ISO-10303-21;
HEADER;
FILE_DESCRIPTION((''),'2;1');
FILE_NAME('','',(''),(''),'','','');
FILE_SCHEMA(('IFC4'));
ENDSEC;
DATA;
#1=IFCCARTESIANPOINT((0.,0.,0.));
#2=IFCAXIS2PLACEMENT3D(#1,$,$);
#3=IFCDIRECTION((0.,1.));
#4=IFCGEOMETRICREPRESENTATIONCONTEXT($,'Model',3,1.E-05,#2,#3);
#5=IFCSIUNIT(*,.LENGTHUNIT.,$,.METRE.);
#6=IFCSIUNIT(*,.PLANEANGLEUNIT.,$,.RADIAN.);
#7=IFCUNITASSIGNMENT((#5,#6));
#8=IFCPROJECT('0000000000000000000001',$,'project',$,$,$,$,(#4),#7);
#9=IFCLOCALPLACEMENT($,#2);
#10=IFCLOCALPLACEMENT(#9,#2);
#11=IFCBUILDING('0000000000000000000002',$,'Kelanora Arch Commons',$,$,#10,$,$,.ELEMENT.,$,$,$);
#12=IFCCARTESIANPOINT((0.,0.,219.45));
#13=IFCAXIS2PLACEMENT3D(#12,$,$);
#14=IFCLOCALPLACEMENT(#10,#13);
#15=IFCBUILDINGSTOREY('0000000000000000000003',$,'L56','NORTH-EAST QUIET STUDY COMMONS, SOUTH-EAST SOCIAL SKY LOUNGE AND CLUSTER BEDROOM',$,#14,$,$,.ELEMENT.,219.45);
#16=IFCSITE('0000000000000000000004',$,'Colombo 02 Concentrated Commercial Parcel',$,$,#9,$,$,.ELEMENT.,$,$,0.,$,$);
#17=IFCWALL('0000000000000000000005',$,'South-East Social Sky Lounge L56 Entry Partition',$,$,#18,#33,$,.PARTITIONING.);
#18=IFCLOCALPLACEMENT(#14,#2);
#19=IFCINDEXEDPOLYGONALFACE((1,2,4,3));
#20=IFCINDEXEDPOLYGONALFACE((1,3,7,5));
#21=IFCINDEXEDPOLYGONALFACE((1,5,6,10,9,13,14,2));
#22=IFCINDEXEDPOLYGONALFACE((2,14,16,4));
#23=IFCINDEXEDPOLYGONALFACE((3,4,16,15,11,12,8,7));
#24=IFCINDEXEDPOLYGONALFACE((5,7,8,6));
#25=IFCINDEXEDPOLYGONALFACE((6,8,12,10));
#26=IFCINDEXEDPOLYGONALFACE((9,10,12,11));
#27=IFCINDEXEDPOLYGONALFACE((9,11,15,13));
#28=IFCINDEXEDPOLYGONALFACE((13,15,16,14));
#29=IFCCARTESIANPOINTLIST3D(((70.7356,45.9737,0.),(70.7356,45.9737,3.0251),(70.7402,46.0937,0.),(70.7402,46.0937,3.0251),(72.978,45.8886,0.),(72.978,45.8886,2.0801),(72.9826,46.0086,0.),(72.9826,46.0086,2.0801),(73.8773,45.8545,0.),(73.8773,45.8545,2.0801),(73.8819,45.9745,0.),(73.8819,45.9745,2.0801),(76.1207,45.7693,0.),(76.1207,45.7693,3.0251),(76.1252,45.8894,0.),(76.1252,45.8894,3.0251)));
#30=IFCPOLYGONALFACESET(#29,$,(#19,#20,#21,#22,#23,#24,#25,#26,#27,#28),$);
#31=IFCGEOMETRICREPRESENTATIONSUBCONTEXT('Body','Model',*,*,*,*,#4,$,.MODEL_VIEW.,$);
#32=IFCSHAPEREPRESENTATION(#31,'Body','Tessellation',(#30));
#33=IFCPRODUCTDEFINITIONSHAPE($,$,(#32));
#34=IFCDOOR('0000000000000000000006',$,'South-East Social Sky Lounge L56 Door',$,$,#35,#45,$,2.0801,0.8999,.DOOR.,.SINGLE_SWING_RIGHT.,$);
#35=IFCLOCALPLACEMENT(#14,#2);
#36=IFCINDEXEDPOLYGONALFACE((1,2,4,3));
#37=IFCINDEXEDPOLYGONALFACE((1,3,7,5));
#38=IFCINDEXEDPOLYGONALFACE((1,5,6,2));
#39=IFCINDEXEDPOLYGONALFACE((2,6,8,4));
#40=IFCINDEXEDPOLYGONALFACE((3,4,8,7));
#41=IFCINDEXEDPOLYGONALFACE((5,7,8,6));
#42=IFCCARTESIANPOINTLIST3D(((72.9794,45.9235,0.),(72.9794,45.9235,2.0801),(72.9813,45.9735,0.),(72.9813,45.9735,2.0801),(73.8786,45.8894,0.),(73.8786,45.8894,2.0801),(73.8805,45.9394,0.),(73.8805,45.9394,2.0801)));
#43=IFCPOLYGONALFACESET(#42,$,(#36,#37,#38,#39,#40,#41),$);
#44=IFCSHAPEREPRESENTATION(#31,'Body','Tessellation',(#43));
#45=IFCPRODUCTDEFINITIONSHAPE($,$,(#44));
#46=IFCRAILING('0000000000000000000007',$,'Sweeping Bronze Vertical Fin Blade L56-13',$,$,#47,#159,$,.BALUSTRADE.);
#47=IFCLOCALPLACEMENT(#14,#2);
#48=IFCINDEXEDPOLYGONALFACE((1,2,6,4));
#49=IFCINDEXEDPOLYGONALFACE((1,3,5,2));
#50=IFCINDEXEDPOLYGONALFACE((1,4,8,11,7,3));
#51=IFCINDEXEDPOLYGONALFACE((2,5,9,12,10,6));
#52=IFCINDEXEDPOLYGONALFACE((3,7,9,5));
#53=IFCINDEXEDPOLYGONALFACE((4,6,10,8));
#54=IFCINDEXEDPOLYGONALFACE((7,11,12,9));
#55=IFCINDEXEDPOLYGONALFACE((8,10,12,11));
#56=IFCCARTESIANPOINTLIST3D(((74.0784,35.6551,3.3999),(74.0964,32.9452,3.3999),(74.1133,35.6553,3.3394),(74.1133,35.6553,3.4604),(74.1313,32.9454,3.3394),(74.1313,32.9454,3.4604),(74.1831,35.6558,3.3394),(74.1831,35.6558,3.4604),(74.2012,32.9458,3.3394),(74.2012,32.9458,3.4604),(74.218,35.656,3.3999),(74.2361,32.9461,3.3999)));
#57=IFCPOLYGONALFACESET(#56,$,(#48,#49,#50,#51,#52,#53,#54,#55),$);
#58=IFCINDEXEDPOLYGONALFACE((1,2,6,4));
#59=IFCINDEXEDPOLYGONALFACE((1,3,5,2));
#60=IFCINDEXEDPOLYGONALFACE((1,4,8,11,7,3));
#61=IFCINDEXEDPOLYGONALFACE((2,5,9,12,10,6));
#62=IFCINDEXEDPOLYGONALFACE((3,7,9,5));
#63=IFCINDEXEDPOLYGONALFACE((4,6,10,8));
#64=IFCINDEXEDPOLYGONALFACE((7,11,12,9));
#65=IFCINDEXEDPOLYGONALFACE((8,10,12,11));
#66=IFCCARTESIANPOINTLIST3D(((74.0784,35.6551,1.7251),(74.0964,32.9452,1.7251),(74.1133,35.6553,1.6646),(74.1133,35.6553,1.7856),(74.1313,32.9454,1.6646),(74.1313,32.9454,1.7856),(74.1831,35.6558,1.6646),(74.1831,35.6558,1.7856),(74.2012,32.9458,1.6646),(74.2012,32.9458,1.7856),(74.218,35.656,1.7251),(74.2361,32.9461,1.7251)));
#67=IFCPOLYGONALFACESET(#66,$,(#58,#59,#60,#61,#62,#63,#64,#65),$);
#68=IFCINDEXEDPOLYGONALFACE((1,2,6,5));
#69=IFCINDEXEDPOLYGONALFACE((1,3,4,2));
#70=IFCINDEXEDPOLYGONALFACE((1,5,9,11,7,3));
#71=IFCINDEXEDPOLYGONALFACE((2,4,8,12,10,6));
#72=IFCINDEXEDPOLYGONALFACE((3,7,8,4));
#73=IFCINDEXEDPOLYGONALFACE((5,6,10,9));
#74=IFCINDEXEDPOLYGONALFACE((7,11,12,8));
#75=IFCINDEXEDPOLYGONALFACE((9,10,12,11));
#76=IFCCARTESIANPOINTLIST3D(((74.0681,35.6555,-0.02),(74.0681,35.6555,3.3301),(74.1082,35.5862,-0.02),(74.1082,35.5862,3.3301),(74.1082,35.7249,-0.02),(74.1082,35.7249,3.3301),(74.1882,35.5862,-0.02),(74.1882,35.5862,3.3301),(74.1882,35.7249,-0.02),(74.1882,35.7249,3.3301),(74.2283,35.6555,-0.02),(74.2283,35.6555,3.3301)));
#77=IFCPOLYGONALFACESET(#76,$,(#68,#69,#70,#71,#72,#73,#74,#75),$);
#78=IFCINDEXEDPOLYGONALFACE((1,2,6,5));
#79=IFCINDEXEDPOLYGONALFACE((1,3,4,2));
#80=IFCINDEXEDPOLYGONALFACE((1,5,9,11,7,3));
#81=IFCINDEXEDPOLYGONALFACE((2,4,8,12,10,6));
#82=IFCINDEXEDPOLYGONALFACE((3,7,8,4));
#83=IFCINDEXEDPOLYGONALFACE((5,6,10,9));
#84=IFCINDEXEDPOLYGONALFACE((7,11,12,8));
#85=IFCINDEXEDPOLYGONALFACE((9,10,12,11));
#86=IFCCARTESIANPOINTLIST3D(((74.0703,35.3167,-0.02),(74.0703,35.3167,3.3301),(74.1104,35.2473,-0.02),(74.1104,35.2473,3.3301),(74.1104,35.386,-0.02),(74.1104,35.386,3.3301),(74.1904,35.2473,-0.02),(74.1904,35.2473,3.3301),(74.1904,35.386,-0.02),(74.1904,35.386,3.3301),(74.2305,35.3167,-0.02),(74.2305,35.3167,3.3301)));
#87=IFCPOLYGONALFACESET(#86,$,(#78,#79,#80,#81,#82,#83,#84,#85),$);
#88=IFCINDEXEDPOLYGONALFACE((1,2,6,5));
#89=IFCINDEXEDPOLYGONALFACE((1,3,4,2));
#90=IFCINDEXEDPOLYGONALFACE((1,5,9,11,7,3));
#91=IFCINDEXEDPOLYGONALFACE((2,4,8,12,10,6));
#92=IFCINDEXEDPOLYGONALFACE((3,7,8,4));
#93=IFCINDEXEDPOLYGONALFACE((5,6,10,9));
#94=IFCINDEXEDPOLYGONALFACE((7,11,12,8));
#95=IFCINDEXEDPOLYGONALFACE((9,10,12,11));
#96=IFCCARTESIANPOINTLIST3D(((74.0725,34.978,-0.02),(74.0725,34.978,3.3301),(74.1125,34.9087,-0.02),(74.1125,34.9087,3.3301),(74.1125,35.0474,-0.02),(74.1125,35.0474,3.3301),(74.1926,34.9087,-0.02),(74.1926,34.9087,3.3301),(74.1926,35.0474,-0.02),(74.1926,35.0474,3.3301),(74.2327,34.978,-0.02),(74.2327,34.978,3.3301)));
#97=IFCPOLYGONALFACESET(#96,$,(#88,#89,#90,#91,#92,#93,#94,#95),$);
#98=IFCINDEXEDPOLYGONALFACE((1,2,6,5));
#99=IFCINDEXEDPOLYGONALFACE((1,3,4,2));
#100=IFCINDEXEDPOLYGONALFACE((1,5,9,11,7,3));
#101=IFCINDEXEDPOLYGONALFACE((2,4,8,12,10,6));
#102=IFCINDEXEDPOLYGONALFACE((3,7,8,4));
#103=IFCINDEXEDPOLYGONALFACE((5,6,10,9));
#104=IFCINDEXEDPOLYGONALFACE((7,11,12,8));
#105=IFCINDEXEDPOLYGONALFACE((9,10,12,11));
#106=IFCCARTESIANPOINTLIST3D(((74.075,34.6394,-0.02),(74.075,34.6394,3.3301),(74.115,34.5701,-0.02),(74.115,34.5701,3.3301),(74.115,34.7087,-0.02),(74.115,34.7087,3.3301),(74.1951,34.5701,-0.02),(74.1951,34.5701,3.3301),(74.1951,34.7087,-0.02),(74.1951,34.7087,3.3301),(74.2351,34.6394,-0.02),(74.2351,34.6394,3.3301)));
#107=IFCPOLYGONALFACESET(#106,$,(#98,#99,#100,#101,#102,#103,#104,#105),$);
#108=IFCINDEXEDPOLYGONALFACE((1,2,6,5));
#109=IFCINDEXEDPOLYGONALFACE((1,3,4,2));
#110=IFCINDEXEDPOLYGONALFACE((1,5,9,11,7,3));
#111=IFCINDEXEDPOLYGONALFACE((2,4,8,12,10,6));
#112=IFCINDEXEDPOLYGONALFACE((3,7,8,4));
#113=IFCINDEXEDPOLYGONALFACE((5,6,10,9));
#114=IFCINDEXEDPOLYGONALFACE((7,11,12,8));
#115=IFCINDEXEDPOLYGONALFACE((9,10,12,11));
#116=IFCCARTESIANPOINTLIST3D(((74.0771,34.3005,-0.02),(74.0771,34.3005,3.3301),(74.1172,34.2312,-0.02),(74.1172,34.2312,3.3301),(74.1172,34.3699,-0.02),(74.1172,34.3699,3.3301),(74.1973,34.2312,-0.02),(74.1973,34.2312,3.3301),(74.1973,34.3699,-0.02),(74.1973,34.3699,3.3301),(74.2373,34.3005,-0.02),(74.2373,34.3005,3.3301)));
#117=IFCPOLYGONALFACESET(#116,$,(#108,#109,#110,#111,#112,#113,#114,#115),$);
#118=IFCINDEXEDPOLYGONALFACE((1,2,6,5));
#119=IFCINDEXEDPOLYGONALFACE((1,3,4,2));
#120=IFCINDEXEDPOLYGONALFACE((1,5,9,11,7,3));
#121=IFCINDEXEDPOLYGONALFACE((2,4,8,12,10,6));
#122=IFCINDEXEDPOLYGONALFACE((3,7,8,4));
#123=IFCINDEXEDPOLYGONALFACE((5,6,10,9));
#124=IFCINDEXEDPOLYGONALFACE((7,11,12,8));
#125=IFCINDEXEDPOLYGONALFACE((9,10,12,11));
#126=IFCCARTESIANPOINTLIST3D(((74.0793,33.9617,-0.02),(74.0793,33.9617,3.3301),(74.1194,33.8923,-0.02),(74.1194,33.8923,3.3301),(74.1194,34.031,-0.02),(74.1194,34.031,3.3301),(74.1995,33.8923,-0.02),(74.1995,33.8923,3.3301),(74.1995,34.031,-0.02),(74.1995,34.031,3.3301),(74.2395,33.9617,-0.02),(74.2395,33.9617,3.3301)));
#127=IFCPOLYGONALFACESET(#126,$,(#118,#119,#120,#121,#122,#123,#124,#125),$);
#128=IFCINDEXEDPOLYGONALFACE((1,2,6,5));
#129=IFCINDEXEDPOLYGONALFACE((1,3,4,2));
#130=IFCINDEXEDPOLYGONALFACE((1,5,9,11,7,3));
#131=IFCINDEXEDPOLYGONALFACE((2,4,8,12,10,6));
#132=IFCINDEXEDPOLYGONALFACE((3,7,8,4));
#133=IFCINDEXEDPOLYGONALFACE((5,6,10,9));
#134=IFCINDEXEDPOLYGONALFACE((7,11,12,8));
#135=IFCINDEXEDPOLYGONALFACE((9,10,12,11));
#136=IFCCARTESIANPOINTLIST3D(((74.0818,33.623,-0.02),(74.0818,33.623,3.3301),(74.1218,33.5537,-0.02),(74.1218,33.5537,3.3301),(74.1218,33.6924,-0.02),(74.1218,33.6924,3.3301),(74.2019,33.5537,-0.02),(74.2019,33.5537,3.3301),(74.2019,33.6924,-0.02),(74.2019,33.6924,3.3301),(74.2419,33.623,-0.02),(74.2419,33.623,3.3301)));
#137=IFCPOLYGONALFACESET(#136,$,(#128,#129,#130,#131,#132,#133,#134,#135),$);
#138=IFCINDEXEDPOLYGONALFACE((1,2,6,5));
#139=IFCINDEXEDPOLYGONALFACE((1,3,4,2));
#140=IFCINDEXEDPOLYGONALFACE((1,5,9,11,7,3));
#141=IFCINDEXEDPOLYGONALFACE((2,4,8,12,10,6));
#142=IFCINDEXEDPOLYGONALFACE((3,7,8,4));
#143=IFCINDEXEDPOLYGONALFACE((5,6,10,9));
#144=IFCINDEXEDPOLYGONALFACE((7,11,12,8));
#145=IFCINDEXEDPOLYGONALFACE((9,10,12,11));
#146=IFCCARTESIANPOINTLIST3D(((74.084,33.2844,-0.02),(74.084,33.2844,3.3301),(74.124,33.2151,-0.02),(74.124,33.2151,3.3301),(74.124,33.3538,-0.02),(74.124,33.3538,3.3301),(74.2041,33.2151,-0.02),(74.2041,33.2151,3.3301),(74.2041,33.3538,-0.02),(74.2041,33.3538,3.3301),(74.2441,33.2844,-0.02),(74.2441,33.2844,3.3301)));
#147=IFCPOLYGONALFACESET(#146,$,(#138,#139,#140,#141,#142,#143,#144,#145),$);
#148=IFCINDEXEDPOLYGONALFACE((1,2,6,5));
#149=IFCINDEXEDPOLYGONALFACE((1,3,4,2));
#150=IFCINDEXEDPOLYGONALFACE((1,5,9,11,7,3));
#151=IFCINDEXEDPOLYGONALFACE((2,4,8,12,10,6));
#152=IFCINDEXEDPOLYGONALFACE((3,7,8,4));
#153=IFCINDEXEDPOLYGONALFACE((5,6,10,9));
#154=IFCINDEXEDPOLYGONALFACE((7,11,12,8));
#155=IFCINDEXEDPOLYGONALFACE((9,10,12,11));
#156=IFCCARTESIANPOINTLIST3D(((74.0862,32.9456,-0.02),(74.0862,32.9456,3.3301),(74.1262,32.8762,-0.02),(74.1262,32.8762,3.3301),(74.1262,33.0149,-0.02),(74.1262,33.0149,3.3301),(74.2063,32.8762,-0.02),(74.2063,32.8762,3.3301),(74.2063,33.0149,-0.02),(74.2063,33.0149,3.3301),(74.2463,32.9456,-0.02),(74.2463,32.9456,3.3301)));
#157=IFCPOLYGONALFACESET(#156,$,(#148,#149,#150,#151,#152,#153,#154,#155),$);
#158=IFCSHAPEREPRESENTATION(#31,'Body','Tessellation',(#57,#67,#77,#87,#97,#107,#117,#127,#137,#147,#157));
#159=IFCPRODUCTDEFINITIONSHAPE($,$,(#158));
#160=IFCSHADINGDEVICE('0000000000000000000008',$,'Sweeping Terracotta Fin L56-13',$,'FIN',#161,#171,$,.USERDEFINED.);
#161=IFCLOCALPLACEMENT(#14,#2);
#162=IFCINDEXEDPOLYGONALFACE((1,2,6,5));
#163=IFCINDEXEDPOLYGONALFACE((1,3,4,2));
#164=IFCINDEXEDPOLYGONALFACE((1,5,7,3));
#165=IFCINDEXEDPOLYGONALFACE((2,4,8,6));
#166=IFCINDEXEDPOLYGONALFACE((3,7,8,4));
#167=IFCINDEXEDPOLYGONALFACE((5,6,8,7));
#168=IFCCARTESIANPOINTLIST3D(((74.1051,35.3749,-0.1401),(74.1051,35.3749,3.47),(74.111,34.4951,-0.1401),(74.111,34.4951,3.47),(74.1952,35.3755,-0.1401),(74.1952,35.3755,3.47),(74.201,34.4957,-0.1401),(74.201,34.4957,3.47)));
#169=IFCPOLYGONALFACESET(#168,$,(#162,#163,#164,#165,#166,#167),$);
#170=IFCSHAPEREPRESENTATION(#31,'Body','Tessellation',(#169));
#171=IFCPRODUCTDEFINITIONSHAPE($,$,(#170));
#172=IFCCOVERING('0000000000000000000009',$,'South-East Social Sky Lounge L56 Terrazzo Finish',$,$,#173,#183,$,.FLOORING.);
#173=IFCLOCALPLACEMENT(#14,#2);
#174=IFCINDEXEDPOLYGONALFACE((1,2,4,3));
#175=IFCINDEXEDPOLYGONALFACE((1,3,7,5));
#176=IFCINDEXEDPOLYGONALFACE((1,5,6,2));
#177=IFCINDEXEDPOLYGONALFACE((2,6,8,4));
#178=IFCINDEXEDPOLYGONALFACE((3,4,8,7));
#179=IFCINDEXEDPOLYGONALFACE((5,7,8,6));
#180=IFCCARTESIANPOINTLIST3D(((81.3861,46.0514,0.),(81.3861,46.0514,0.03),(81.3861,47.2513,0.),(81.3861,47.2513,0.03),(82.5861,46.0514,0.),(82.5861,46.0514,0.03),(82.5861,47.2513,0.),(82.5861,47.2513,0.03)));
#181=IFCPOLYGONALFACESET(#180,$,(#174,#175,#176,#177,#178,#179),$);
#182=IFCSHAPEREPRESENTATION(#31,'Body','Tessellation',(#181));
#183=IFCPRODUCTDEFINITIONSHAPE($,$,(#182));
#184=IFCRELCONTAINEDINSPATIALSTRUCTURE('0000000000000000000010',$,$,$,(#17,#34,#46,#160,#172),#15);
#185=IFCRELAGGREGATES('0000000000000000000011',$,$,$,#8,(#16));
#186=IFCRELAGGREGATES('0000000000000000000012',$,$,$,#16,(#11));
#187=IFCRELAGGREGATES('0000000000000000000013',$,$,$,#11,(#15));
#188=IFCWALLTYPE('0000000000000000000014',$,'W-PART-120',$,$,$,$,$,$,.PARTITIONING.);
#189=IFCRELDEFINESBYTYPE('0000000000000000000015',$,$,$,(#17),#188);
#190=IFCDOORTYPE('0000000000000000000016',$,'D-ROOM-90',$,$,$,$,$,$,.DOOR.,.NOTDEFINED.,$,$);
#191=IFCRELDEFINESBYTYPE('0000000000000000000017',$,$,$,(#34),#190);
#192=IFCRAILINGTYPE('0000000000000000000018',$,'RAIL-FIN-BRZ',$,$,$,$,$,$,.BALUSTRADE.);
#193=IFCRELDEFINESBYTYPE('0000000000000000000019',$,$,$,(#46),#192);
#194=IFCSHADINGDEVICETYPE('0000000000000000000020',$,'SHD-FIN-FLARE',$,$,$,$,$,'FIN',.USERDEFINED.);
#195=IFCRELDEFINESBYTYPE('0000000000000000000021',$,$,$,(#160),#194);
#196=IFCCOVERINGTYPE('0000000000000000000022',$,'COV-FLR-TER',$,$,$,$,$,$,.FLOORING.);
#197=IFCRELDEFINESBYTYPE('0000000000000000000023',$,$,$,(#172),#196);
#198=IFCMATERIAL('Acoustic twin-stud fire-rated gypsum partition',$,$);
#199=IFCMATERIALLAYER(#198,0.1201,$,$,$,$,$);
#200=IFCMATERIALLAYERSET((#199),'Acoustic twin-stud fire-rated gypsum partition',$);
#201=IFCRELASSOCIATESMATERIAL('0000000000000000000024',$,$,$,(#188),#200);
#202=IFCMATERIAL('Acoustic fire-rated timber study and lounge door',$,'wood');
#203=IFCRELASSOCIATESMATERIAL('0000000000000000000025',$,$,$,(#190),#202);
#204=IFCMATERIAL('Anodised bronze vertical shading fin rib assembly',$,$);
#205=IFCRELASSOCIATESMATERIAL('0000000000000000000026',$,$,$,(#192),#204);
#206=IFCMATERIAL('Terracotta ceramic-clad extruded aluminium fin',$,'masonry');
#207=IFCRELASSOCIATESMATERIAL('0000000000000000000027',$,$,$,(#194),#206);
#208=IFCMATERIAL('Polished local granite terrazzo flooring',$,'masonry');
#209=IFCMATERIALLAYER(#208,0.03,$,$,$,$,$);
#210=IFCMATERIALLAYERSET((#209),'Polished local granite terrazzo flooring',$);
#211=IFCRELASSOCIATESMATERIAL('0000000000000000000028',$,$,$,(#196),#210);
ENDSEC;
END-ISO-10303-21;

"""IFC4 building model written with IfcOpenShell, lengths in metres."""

from ifc_helpers import new_model, si_unit, direction, frame, frame_2d, origin, origin_2d, place, context, subcontext, project, spatial, polyline, rectangle, outline, extrude, source, transform, mapped, material, layer, layer_set, type_object, element, fill, save


model = new_model("IFC4")

# Units and contexts
model_context = context("Model", 3, precision=1e-05, world=origin(), true_north=direction((0.0, 1.0)))
body_context = subcontext(model_context, "Body", "Model", "MODEL_VIEW")
ifc_project = project(units=[si_unit("LENGTHUNIT", "METRE"), si_unit("PLANEANGLEUNIT", "RADIAN")], contexts=[model_context])

# Site, building, storey
site_placement = place(None, origin())
site = spatial("IfcSite", under=ifc_project, at=site_placement, Name="Colombo 02 Concentrated Commercial Parcel", CompositionType="ELEMENT", RefElevation=0.0)
building_placement = place(site_placement, origin())
building = spatial("IfcBuilding", under=site, at=building_placement, Name="Kelanora Arch Commons", CompositionType="ELEMENT")
storey_placement = place(building_placement, frame((0.0, 0.0, 219.45)))
storey = spatial("IfcBuildingStorey", under=building, at=storey_placement, Name="L56", Description="NORTH-EAST QUIET STUDY COMMONS, SOUTH-EAST SOCIAL SKY LOUNGE AND CLUSTER BEDROOM", CompositionType="ELEMENT", Elevation=219.45)

# Wall, opening, door
ifc_material_1 = material(Name="Acoustic twin-stud fire-rated gypsum partition")
ifc_layer_1 = layer(ifc_material_1, 0.1201)
ifc_layer_set_1 = layer_set([ifc_layer_1], Name="Acoustic twin-stud fire-rated gypsum partition")
wall_type_1 = type_object("IfcWallType", Name="W-PART-120", PredefinedType="PARTITIONING", material=ifc_layer_set_1)
wall_1_placement = place(storey_placement, frame((70.738, 46.0337, 0.0), z_axis=(0.0, 0.0, 1.0), x_axis=(0.999281, -0.03792, 0.0)))
wall_1 = element("IfcWall", 1, at=wall_1_placement, inside=storey, type_object=wall_type_1, Name="South-East Social Sky Lounge L56 Entry Partition", PredefinedType="PARTITIONING", context=body_context, shape_type="SweptSolid", body=[
    extrude(rectangle(XDim=5.3889, YDim=0.1201, at=frame_2d((2.6943, 0.0))), origin(), (0.0, 0.0, 1.0), 3.0251),
])
opening_placement = place(wall_1_placement, frame((2.2439, 0.0, 0.0)))
opening = element("IfcOpeningElement", 2, at=opening_placement, cuts=wall_1, PredefinedType="OPENING", context=body_context, shape_type="SweptSolid", body=[
    extrude(rectangle(XDim=0.8999, YDim=2.0801, at=frame_2d((0.45, 1.04))), frame((0.0, 0.0701, 0.0), z_axis=(0.0, -1.0, 0.0), x_axis=(1.0, 0.0, 0.0)), (0.0, 0.0, 1.0), 0.1401),
])
ifc_material_2 = material(Name="Acoustic fire-rated timber study and lounge door", Category="wood")
door_type = type_object("IfcDoorType", Name="D-ROOM-90", OperationType="NOTDEFINED", PredefinedType="DOOR", material=ifc_material_2)
door_placement = place(opening_placement, origin())
door = element("IfcDoor", 3, at=door_placement, inside=storey, type_object=door_type, Name="South-East Social Sky Lounge L56 Door", OperationType="SINGLE_SWING_RIGHT", OverallHeight=2.0801, OverallWidth=0.8999, PredefinedType="DOOR", context=body_context, shape_type="SweptSolid", body=[
    extrude(rectangle(XDim=0.8999, YDim=2.0801, at=frame_2d((0.45, 1.04))), frame((0.0, 0.0249, 0.0), z_axis=(0.0, -1.0, 0.0), x_axis=(1.0, 0.0, 0.0)), (0.0, 0.0, 1.0), 0.05),
])
fill(opening, door)

# Railing
ifc_material_3 = material(Name="Anodised bronze vertical shading fin rib assembly")
railing_type = type_object("IfcRailingType", Name="RAIL-FIN-BRZ", PredefinedType="BALUSTRADE", material=ifc_material_3)
railing_placement = place(storey_placement, frame((74.1482, 35.6555, -0.02)))
element("IfcRailing", 4, at=railing_placement, inside=storey, type_object=railing_type, Name="Sweeping Bronze Vertical Fin Blade L56-13", PredefinedType="BALUSTRADE", context=body_context, shape_type="SweptSolid", body=[
    extrude(outline(polyline([(0.0698, 0.0), (0.0349, 0.0605), (-0.0349, 0.0605), (-0.0698, 0.0), (-0.0349, -0.0605), (0.0349, -0.0605), (0.0698, 0.0)])), frame((0.0, 0.0, 3.4199), z_axis=(0.006667, -0.999978, 0.0), x_axis=(0.999978, 0.006667, 0.0)), (0.0, 0.0, 1.0), 2.71),
    extrude(outline(polyline([(0.0698, 0.0), (0.0349, 0.0605), (-0.0349, 0.0605), (-0.0698, 0.0), (-0.0349, -0.0605), (0.0349, -0.0605), (0.0698, 0.0)])), frame((0.0, 0.0, 1.7451), z_axis=(0.006667, -0.999978, 0.0), x_axis=(0.999978, 0.006667, 0.0)), (0.0, 0.0, 1.0), 2.71),
    extrude(outline(polyline([(0.0801, 0.0), (0.04, 0.0693), (-0.04, 0.0693), (-0.0801, 0.0), (-0.04, -0.0693), (0.04, -0.0693), (0.0801, 0.0)])), origin(), (0.0, 0.0, 1.0), 3.3501),
    extrude(outline(polyline([(0.0801, 0.0), (0.04, 0.0693), (-0.04, 0.0693), (-0.0801, 0.0), (-0.04, -0.0693), (0.04, -0.0693), (0.0801, 0.0)])), frame((0.0022, -0.3389, 0.0)), (0.0, 0.0, 1.0), 3.3501),
    extrude(outline(polyline([(0.0801, 0.0), (0.04, 0.0693), (-0.04, 0.0693), (-0.0801, 0.0), (-0.04, -0.0693), (0.04, -0.0693), (0.0801, 0.0)])), frame((0.0044, -0.6775, 0.0)), (0.0, 0.0, 1.0), 3.3501),
    extrude(outline(polyline([(0.0801, 0.0), (0.04, 0.0693), (-0.04, 0.0693), (-0.0801, 0.0), (-0.04, -0.0693), (0.04, -0.0693), (0.0801, 0.0)])), frame((0.0068, -1.0161, 0.0)), (0.0, 0.0, 1.0), 3.3501),
    extrude(outline(polyline([(0.0801, 0.0), (0.04, 0.0693), (-0.04, 0.0693), (-0.0801, 0.0), (-0.04, -0.0693), (0.04, -0.0693), (0.0801, 0.0)])), frame((0.009, -1.355, 0.0)), (0.0, 0.0, 1.0), 3.3501),
    extrude(outline(polyline([(0.0801, 0.0), (0.04, 0.0693), (-0.04, 0.0693), (-0.0801, 0.0), (-0.04, -0.0693), (0.04, -0.0693), (0.0801, 0.0)])), frame((0.0112, -1.6938, 0.0)), (0.0, 0.0, 1.0), 3.3501),
    extrude(outline(polyline([(0.0801, 0.0), (0.04, 0.0693), (-0.04, 0.0693), (-0.0801, 0.0), (-0.04, -0.0693), (0.04, -0.0693), (0.0801, 0.0)])), frame((0.0137, -2.0325, 0.0)), (0.0, 0.0, 1.0), 3.3501),
    extrude(outline(polyline([(0.0801, 0.0), (0.04, 0.0693), (-0.04, 0.0693), (-0.0801, 0.0), (-0.04, -0.0693), (0.04, -0.0693), (0.0801, 0.0)])), frame((0.0159, -2.3711, 0.0)), (0.0, 0.0, 1.0), 3.3501),
    extrude(outline(polyline([(0.0801, 0.0), (0.04, 0.0693), (-0.04, 0.0693), (-0.0801, 0.0), (-0.04, -0.0693), (0.04, -0.0693), (0.0801, 0.0)])), frame((0.0181, -2.71, 0.0)), (0.0, 0.0, 1.0), 3.3501),
])

# Shading device
ifc_material_4 = material(Name="Terracotta ceramic-clad extruded aluminium fin", Category="masonry")
shading_device_type = type_object("IfcShadingDeviceType", Name="SHD-FIN-FLARE", ElementType="FIN", PredefinedType="USERDEFINED", material=ifc_material_4)
shared_shape_1 = source(origin(), body_context, "Body", "SweptSolid", [
    extrude(rectangle(XDim=0.8799, YDim=0.0901, at=origin_2d()), origin(), (0.0, 0.0, 1.0), 3.6101),
])
shading_device_placement = place(storey_placement, frame((74.1531, 34.9353, -0.1401), z_axis=(0.0, 0.0, 1.0), x_axis=(0.006632, -0.999978, 0.0)))
element("IfcShadingDevice", 5, at=shading_device_placement, inside=storey, type_object=shading_device_type, Name="Sweeping Terracotta Fin L56-13", ObjectType="FIN", PredefinedType="USERDEFINED", context=body_context, shape_type="MappedRepresentation", body=[
    mapped(shared_shape_1, transform((0.0, 0.0, 0.0), scale=1.0)),
])

# Covering
ifc_material_5 = material(Name="Polished local granite terrazzo flooring", Category="masonry")
ifc_layer_2 = layer(ifc_material_5, 0.03)
ifc_layer_set_2 = layer_set([ifc_layer_2], Name="Polished local granite terrazzo flooring")
covering_type = type_object("IfcCoveringType", Name="COV-FLR-TER", PredefinedType="FLOORING", material=ifc_layer_set_2)
shared_shape_2 = source(origin(), body_context, "Body", "SweptSolid", [
    extrude(rectangle(XDim=1.2, YDim=1.2, at=origin_2d()), origin(), (0.0, 0.0, 1.0), 0.03),
])
covering_placement = place(storey_placement, frame((81.9861, 46.6514, 0.0), z_axis=(0.0, 0.0, 1.0), x_axis=(1.0, 0.0, 0.0)))
element("IfcCovering", 6, at=covering_placement, inside=storey, type_object=covering_type, Name="South-East Social Sky Lounge L56 Terrazzo Finish", PredefinedType="FLOORING", context=body_context, shape_type="MappedRepresentation", body=[
    mapped(shared_shape_2, transform((0.0, 0.0, 0.0), scale=1.0)),
])

save(model, "model.ifc")
